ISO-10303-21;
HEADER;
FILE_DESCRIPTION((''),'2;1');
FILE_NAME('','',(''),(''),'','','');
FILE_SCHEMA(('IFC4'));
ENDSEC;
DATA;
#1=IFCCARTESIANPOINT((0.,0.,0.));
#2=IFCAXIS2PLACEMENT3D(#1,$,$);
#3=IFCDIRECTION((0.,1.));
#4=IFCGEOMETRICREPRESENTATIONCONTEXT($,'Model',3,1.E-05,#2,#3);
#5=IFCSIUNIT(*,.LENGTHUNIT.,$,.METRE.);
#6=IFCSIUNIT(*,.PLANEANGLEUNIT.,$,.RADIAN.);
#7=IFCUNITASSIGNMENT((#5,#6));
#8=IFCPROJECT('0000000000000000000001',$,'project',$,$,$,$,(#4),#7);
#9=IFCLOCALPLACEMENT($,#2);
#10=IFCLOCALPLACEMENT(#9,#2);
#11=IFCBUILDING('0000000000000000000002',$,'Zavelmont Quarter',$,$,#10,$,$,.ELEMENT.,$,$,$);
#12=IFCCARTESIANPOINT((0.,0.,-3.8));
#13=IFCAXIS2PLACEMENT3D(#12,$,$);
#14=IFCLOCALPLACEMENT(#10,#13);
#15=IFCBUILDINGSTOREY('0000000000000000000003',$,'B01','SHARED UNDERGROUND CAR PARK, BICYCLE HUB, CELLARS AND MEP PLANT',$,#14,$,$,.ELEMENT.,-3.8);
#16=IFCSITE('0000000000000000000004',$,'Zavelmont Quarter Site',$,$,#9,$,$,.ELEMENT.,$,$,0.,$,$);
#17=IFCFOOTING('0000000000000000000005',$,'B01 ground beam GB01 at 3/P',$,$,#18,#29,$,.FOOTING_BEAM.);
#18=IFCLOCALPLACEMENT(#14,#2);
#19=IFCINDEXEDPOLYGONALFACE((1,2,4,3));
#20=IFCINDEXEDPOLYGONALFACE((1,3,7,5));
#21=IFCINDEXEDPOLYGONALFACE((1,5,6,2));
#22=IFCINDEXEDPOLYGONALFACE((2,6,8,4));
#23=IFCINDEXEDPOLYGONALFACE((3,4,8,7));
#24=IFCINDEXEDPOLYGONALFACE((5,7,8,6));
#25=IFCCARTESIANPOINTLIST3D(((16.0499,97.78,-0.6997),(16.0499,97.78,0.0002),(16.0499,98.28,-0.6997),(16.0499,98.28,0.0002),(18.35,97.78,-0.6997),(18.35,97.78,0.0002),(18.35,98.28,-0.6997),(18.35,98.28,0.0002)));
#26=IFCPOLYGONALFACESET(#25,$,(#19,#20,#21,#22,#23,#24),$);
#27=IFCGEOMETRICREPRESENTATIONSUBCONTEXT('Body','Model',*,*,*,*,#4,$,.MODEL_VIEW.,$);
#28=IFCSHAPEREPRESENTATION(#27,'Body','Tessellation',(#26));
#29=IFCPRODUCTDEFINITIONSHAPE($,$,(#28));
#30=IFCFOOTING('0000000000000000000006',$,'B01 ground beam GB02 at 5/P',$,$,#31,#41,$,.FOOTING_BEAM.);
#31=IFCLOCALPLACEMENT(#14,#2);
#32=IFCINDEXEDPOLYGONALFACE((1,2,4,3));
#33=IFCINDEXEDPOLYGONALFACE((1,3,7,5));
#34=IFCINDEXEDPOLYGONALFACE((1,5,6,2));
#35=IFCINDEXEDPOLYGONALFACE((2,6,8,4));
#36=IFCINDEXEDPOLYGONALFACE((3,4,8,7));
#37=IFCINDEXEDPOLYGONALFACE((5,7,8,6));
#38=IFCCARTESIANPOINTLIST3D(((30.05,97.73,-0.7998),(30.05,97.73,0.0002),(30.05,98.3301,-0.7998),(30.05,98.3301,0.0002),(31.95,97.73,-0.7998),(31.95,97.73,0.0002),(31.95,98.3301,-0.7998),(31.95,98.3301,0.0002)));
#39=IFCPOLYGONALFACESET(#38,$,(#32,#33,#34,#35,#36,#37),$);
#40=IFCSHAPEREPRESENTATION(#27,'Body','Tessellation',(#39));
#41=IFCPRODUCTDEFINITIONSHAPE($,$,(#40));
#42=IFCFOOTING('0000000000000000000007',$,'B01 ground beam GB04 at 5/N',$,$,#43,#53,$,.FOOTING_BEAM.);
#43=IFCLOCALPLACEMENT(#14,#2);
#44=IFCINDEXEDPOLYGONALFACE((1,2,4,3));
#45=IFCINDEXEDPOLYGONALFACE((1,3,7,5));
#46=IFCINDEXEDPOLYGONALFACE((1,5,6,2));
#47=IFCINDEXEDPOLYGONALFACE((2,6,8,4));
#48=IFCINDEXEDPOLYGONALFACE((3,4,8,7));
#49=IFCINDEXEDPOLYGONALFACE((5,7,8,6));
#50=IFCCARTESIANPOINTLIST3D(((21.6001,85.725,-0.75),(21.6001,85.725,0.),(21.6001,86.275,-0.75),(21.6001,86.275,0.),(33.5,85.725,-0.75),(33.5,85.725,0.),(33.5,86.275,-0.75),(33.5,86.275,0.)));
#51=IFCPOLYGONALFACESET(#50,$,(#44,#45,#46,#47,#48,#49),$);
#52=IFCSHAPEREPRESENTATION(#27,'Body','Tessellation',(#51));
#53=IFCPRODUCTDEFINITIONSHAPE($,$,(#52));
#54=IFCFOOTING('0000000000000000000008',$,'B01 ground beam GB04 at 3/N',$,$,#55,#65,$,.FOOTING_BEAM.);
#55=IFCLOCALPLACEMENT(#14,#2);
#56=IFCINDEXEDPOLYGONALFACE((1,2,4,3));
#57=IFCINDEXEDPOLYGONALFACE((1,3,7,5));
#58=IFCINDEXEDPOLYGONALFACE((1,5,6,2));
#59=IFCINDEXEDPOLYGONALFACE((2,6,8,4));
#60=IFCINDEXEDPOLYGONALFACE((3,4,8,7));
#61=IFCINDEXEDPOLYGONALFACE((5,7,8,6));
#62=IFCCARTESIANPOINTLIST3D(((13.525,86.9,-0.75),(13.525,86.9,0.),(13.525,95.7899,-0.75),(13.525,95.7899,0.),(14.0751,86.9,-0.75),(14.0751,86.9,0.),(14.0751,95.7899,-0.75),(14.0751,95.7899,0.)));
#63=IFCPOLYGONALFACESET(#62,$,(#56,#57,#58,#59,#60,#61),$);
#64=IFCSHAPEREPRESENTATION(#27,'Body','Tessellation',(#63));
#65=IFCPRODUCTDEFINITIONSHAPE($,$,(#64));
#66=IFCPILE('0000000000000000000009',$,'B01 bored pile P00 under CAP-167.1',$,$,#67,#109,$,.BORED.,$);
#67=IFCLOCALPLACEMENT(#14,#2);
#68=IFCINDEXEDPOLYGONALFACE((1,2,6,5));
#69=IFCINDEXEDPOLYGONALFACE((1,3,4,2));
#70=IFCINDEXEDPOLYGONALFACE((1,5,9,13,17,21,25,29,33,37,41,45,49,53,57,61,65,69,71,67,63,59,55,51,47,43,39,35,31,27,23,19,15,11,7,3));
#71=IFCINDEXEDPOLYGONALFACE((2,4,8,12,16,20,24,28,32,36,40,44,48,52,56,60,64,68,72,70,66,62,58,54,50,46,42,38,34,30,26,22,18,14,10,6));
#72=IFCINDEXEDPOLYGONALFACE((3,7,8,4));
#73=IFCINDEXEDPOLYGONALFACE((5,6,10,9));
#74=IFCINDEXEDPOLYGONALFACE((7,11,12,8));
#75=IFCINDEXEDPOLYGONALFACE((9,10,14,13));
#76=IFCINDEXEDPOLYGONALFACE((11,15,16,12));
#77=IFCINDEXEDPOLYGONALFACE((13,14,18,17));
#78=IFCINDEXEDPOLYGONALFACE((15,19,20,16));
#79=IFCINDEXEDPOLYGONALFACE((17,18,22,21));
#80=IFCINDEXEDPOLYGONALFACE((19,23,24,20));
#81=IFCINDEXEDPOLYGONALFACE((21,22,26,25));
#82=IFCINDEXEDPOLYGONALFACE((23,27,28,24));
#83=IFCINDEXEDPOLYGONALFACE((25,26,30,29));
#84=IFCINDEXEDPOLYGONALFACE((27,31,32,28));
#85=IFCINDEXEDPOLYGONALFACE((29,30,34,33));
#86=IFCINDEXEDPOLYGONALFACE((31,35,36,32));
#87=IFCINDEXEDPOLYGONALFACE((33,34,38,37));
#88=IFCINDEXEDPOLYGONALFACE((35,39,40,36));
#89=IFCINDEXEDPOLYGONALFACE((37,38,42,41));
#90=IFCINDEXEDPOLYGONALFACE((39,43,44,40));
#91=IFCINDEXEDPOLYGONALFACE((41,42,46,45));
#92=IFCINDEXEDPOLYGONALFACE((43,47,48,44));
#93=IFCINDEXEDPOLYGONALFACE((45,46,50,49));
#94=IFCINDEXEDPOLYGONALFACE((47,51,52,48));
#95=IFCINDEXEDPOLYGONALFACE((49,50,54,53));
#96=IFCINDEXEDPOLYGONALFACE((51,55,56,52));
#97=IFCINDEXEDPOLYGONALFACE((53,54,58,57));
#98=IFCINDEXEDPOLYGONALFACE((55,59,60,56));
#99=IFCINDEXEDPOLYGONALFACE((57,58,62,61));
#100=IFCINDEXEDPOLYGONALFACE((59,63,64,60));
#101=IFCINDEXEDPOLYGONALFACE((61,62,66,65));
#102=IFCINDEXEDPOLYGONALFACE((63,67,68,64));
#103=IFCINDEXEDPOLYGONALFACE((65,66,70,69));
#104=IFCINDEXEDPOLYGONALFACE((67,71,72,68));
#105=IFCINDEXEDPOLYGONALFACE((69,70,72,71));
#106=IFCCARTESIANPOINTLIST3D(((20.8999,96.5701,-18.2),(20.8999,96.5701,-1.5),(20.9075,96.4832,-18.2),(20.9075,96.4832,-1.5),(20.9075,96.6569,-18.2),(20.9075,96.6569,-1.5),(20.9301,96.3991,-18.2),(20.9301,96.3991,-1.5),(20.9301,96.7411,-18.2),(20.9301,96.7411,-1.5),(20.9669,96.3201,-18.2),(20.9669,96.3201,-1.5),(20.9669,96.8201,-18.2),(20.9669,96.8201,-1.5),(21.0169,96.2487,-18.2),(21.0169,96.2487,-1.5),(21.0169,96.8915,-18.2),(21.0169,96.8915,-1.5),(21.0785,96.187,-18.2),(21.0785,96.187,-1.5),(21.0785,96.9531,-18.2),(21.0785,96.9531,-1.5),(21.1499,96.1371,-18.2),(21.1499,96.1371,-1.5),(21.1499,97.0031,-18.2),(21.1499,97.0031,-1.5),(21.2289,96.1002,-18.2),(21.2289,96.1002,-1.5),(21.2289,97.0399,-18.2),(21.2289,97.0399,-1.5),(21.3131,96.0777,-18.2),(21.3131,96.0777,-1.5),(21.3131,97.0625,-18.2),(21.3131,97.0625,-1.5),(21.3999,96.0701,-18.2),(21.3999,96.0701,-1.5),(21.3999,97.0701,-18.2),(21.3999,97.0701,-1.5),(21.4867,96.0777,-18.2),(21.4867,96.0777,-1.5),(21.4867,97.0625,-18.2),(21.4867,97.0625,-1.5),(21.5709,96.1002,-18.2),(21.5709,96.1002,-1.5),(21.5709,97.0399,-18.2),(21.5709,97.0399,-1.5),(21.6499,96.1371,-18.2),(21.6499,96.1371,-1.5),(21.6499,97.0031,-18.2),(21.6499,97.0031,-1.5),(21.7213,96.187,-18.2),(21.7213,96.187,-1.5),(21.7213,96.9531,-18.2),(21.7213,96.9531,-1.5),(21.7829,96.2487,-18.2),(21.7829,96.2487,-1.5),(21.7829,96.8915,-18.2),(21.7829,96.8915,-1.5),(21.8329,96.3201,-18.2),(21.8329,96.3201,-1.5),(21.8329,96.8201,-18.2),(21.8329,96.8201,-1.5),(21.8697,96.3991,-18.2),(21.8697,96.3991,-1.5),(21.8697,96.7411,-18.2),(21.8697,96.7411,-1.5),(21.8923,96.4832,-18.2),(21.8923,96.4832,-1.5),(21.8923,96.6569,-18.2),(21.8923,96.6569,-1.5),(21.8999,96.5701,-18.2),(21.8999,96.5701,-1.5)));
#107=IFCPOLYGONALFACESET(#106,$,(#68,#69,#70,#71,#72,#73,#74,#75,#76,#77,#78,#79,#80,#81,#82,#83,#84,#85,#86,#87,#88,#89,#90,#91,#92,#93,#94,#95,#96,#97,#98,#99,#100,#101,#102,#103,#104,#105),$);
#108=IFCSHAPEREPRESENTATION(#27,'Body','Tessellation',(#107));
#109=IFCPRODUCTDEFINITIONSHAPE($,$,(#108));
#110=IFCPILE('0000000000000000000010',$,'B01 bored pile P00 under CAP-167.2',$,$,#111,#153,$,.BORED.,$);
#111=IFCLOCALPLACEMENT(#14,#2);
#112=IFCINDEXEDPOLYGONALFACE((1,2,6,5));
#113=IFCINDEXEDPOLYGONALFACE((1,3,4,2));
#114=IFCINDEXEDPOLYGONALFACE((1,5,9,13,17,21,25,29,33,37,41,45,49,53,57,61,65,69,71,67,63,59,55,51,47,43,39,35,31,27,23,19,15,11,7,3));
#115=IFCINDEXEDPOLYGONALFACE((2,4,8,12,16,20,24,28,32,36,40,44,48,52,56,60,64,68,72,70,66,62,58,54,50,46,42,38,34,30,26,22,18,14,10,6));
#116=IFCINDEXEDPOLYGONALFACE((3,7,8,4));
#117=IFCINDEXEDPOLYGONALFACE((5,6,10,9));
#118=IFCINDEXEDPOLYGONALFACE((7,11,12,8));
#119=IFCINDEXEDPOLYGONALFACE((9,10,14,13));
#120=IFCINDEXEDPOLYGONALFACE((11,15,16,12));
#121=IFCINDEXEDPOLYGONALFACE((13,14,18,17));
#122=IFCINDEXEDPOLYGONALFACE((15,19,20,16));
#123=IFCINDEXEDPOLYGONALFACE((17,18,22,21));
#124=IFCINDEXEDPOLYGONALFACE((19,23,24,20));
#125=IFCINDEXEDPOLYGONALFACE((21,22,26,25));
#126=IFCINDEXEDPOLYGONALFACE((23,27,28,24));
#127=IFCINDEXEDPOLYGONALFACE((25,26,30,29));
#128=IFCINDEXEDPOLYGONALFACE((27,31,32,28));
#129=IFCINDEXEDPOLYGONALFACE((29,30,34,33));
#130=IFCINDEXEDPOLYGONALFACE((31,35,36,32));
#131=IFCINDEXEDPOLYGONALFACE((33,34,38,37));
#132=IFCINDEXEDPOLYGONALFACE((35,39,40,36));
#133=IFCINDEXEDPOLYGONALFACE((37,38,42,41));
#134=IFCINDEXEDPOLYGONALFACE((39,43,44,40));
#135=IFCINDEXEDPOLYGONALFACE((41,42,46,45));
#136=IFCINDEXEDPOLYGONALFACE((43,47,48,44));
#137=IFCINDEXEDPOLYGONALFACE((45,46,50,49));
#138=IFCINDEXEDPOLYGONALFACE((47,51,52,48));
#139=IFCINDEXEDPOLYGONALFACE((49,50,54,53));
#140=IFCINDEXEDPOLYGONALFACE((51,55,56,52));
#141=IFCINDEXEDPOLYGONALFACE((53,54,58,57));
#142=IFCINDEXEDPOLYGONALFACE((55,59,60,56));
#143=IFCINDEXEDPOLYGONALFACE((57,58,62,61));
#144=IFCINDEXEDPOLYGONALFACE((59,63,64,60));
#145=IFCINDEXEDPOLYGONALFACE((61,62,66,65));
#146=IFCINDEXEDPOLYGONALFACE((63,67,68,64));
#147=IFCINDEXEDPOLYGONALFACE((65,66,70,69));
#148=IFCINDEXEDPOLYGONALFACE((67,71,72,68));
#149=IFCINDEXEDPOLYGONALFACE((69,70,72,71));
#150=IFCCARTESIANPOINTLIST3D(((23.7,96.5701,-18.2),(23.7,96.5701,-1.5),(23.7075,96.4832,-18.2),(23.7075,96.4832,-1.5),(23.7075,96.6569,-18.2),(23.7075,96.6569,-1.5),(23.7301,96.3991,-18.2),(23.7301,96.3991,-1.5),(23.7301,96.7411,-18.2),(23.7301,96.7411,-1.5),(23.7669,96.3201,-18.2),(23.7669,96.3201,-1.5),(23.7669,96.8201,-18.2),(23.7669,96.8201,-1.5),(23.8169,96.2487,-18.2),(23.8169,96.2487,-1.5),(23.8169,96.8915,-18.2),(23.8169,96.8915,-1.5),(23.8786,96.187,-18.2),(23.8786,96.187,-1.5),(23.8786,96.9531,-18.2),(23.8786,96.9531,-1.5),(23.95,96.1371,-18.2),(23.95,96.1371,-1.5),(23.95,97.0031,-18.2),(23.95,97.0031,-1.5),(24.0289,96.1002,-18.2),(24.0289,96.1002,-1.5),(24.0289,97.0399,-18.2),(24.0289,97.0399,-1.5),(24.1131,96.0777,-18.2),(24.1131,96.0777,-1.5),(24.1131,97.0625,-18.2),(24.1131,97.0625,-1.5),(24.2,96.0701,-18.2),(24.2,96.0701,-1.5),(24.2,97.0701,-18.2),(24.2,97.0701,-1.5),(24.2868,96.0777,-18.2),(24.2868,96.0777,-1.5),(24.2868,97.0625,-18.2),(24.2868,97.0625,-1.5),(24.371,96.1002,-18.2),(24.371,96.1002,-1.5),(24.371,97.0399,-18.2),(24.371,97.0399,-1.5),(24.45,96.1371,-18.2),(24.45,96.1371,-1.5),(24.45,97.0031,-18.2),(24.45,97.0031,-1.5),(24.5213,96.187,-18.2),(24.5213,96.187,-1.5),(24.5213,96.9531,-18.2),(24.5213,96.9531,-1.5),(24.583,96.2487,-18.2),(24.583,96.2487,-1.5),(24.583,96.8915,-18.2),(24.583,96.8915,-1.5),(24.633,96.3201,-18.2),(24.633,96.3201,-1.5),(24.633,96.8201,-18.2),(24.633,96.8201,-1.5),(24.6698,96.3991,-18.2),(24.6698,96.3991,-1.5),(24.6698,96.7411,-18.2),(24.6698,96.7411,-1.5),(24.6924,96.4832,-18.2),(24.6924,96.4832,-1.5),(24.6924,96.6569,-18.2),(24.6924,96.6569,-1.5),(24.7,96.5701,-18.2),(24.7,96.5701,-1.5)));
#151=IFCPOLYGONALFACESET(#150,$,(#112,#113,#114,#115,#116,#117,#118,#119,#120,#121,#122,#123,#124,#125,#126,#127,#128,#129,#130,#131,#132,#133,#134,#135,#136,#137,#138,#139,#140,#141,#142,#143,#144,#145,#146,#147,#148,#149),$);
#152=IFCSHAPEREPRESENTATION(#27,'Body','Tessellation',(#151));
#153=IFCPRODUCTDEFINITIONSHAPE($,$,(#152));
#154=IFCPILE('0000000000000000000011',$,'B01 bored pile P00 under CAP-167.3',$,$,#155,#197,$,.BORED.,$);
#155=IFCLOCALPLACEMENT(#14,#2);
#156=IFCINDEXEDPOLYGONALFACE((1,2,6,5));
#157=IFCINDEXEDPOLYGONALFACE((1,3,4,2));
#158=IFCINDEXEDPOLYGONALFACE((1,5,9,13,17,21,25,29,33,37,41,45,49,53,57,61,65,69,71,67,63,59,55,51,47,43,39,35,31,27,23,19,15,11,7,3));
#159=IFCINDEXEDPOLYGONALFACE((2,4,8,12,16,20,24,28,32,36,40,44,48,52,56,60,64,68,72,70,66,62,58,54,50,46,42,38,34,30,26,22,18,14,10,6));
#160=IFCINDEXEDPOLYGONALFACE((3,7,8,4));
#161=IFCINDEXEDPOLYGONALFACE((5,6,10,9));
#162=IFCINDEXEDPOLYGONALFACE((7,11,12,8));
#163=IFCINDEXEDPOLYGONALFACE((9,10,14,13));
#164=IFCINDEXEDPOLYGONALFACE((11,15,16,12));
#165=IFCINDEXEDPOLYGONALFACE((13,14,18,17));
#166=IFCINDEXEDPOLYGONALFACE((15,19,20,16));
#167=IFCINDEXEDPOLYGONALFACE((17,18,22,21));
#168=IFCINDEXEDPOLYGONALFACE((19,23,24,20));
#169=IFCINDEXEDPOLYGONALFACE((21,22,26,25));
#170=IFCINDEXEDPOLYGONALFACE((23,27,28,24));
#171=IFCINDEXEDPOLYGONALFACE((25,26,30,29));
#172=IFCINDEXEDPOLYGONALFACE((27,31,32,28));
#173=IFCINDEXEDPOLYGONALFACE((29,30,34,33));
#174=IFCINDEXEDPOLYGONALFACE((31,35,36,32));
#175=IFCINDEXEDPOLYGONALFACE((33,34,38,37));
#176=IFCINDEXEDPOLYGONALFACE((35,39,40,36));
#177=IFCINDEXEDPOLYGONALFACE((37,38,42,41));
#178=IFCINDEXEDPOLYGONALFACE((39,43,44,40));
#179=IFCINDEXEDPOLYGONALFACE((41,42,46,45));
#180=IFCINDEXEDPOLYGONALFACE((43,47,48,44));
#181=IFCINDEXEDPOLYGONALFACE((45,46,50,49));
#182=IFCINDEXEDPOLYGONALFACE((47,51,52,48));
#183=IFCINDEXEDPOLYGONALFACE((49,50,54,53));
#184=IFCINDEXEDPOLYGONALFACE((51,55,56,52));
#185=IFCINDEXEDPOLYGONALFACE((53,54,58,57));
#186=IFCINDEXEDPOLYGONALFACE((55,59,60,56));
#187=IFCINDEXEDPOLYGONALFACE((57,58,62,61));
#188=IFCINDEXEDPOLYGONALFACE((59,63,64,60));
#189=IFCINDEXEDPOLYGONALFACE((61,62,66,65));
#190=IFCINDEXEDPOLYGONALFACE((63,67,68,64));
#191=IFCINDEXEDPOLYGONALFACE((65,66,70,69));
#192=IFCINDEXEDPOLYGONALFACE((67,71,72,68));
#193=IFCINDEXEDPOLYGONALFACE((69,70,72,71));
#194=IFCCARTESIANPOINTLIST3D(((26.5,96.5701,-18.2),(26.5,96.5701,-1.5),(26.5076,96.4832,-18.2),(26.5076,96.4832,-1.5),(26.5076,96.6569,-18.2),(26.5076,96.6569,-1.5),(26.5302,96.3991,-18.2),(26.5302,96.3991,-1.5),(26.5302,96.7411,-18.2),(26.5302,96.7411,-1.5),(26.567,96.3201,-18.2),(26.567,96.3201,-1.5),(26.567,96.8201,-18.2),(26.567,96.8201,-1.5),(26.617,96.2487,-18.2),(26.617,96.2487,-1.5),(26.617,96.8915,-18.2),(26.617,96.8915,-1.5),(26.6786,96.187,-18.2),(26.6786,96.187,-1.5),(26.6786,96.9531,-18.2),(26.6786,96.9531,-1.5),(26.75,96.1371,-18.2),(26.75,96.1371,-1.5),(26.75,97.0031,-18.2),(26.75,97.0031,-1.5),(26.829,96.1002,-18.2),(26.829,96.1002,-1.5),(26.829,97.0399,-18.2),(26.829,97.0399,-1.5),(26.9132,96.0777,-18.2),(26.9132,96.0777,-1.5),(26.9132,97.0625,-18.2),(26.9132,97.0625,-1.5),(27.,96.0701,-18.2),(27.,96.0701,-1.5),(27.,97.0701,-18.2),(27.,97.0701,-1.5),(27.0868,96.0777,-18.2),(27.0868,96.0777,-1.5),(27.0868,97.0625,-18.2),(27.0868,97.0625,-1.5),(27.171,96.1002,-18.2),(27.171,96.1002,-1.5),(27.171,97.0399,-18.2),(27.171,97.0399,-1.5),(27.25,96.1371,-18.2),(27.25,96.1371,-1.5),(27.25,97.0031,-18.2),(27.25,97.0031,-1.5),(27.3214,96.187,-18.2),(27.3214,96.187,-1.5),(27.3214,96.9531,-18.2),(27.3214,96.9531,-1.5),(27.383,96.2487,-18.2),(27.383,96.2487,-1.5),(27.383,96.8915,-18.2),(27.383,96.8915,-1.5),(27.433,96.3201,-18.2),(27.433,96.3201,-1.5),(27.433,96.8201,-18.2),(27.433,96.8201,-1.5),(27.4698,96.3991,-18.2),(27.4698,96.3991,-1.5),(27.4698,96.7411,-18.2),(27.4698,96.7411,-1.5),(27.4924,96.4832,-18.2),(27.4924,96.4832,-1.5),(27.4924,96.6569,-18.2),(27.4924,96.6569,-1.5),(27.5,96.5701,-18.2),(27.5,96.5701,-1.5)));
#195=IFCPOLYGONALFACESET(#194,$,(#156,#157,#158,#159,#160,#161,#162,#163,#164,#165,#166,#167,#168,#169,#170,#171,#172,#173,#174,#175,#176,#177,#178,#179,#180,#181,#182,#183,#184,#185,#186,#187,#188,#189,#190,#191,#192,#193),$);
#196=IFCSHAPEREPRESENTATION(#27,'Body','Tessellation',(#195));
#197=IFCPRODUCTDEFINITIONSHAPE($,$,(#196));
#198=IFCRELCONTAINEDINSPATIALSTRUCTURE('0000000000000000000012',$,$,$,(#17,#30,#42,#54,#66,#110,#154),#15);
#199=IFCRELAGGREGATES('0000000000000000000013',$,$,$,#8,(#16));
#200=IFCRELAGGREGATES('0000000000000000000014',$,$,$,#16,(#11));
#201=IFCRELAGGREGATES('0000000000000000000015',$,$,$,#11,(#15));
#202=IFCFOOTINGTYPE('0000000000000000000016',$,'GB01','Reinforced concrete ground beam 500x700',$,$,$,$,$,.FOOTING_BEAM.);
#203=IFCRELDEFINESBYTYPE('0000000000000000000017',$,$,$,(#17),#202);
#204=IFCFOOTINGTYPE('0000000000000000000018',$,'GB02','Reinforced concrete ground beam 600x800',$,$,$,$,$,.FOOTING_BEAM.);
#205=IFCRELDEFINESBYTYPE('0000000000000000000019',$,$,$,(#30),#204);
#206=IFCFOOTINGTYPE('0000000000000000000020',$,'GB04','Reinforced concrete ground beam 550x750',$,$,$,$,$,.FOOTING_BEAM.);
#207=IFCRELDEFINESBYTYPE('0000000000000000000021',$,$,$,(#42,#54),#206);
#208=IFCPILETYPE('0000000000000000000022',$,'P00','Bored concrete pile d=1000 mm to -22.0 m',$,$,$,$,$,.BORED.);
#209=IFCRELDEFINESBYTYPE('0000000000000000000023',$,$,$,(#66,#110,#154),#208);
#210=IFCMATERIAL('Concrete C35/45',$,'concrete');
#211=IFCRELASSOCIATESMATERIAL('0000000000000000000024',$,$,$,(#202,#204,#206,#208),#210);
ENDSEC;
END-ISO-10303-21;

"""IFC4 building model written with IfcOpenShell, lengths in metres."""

from ifc_helpers import new_model, si_unit, direction, frame, origin, origin_2d, place, context, subcontext, project, spatial, rectangle, circle, extrude, material, material_profile, profile_set, type_object, element, save


model = new_model("IFC4")

# Units and contexts
model_context = context("Model", 3, precision=1e-05, world=origin(), true_north=direction((0.0, 1.0)))
body_context = subcontext(model_context, "Body", "Model", "MODEL_VIEW")
ifc_project = project(units=[si_unit("LENGTHUNIT", "METRE"), si_unit("PLANEANGLEUNIT", "RADIAN")], contexts=[model_context])

# Site, building, storey
site_placement = place(None, origin())
site = spatial("IfcSite", under=ifc_project, at=site_placement, Name="Zavelmont Quarter Site", CompositionType="ELEMENT", RefElevation=0.0)
building_placement = place(site_placement, origin())
building = spatial("IfcBuilding", under=site, at=building_placement, Name="Zavelmont Quarter", CompositionType="ELEMENT")
storey_placement = place(building_placement, frame((0.0, 0.0, -3.8)))
storey = spatial("IfcBuildingStorey", under=building, at=storey_placement, Name="B01", Description="SHARED UNDERGROUND CAR PARK, BICYCLE HUB, CELLARS AND MEP PLANT", CompositionType="ELEMENT", Elevation=-3.8)

# Footings
ifc_material_1 = material(Name="Concrete C35/45", Category="concrete")
footing_type_1 = type_object("IfcFootingType", Name="GB01", Description="Reinforced concrete ground beam 500x700", PredefinedType="FOOTING_BEAM", material=ifc_material_1)
footing_1_placement = place(storey_placement, frame((17.2, 98.03, -0.6997), z_axis=(0.0, 0.0, 1.0), x_axis=(1.0, 0.0, 0.0)))
element("IfcFooting", 1, at=footing_1_placement, inside=storey, type_object=footing_type_1, Name="B01 ground beam GB01 at 3/P", PredefinedType="FOOTING_BEAM", context=body_context, shape_type="SweptSolid", body=[
    extrude(rectangle(XDim=2.3, YDim=0.5, at=origin_2d()), origin(), (0.0, 0.0, 1.0), 0.7),
])
footing_type_2 = type_object("IfcFootingType", Name="GB02", Description="Reinforced concrete ground beam 600x800", PredefinedType="FOOTING_BEAM", material=ifc_material_1)
footing_2_placement = place(storey_placement, frame((31.0, 98.03, -0.7998), z_axis=(0.0, 0.0, 1.0), x_axis=(1.0, 0.0, 0.0)))
element("IfcFooting", 2, at=footing_2_placement, inside=storey, type_object=footing_type_2, Name="B01 ground beam GB02 at 5/P", PredefinedType="FOOTING_BEAM", context=body_context, shape_type="SweptSolid", body=[
    extrude(rectangle(XDim=1.8999, YDim=0.6001, at=origin_2d()), origin(), (0.0, 0.0, 1.0), 0.8),
])
footing_type_3 = type_object("IfcFootingType", Name="GB04", Description="Reinforced concrete ground beam 550x750", PredefinedType="FOOTING_BEAM", material=ifc_material_1)
footing_3_placement = place(storey_placement, frame((27.55, 86.0, -0.75), z_axis=(0.0, 0.0, 1.0), x_axis=(1.0, 0.0, 0.0)))
element("IfcFooting", 3, at=footing_3_placement, inside=storey, type_object=footing_type_3, Name="B01 ground beam GB04 at 5/N", PredefinedType="FOOTING_BEAM", context=body_context, shape_type="SweptSolid", body=[
    extrude(rectangle(XDim=11.8999, YDim=0.55, at=origin_2d()), origin(), (0.0, 0.0, 1.0), 0.75),
])
footing_4_placement = place(storey_placement, frame((13.8, 91.345, -0.75), z_axis=(0.0, 0.0, 1.0), x_axis=(0.0, 1.0, 0.0)))
element("IfcFooting", 4, at=footing_4_placement, inside=storey, type_object=footing_type_3, Name="B01 ground beam GB04 at 3/N", PredefinedType="FOOTING_BEAM", context=body_context, shape_type="SweptSolid", body=[
    extrude(rectangle(XDim=8.8899, YDim=0.55, at=origin_2d()), origin(), (0.0, 0.0, 1.0), 0.75),
])

# Piles
ifc_material_profile_1 = material_profile(ifc_material_1, circle(Radius=0.5, at=origin_2d()), Name="BP1000")
ifc_profile_set_1 = profile_set([ifc_material_profile_1], Name="Concrete C35/45")
pile_type_1 = type_object("IfcPileType", Name="P00", Description="Bored concrete pile d=1000 mm to -22.0 m", PredefinedType="BORED", material=ifc_profile_set_1)
for number, where, z_axis, x_axis, name in (
    (5, (21.3999, 96.5701, -1.5), (0.0, 0.0, -1.0), (1.0, 0.0, 0.0), "B01 bored pile P00 under CAP-167.1"),
    (6, (24.2, 96.5701, -1.5), (0.0, 0.0, -1.0), (1.0, 0.0, 0.0), "B01 bored pile P00 under CAP-167.2"),
    (7, (27.0, 96.5701, -1.5), (0.0, 0.0, -1.0), (1.0, 0.0, 0.0), "B01 bored pile P00 under CAP-167.3"),
):
    element("IfcPile", number, at=place(storey_placement, frame(where, z_axis=z_axis, x_axis=x_axis)), inside=storey, type_object=pile_type_1, Name=name, PredefinedType="BORED", context=body_context, shape_type="SweptSolid", body=[
        extrude(circle(Radius=0.5, at=origin_2d()), origin(), (0.0, 0.0, 1.0), 16.7),
    ])

save(model, "model.ifc")
